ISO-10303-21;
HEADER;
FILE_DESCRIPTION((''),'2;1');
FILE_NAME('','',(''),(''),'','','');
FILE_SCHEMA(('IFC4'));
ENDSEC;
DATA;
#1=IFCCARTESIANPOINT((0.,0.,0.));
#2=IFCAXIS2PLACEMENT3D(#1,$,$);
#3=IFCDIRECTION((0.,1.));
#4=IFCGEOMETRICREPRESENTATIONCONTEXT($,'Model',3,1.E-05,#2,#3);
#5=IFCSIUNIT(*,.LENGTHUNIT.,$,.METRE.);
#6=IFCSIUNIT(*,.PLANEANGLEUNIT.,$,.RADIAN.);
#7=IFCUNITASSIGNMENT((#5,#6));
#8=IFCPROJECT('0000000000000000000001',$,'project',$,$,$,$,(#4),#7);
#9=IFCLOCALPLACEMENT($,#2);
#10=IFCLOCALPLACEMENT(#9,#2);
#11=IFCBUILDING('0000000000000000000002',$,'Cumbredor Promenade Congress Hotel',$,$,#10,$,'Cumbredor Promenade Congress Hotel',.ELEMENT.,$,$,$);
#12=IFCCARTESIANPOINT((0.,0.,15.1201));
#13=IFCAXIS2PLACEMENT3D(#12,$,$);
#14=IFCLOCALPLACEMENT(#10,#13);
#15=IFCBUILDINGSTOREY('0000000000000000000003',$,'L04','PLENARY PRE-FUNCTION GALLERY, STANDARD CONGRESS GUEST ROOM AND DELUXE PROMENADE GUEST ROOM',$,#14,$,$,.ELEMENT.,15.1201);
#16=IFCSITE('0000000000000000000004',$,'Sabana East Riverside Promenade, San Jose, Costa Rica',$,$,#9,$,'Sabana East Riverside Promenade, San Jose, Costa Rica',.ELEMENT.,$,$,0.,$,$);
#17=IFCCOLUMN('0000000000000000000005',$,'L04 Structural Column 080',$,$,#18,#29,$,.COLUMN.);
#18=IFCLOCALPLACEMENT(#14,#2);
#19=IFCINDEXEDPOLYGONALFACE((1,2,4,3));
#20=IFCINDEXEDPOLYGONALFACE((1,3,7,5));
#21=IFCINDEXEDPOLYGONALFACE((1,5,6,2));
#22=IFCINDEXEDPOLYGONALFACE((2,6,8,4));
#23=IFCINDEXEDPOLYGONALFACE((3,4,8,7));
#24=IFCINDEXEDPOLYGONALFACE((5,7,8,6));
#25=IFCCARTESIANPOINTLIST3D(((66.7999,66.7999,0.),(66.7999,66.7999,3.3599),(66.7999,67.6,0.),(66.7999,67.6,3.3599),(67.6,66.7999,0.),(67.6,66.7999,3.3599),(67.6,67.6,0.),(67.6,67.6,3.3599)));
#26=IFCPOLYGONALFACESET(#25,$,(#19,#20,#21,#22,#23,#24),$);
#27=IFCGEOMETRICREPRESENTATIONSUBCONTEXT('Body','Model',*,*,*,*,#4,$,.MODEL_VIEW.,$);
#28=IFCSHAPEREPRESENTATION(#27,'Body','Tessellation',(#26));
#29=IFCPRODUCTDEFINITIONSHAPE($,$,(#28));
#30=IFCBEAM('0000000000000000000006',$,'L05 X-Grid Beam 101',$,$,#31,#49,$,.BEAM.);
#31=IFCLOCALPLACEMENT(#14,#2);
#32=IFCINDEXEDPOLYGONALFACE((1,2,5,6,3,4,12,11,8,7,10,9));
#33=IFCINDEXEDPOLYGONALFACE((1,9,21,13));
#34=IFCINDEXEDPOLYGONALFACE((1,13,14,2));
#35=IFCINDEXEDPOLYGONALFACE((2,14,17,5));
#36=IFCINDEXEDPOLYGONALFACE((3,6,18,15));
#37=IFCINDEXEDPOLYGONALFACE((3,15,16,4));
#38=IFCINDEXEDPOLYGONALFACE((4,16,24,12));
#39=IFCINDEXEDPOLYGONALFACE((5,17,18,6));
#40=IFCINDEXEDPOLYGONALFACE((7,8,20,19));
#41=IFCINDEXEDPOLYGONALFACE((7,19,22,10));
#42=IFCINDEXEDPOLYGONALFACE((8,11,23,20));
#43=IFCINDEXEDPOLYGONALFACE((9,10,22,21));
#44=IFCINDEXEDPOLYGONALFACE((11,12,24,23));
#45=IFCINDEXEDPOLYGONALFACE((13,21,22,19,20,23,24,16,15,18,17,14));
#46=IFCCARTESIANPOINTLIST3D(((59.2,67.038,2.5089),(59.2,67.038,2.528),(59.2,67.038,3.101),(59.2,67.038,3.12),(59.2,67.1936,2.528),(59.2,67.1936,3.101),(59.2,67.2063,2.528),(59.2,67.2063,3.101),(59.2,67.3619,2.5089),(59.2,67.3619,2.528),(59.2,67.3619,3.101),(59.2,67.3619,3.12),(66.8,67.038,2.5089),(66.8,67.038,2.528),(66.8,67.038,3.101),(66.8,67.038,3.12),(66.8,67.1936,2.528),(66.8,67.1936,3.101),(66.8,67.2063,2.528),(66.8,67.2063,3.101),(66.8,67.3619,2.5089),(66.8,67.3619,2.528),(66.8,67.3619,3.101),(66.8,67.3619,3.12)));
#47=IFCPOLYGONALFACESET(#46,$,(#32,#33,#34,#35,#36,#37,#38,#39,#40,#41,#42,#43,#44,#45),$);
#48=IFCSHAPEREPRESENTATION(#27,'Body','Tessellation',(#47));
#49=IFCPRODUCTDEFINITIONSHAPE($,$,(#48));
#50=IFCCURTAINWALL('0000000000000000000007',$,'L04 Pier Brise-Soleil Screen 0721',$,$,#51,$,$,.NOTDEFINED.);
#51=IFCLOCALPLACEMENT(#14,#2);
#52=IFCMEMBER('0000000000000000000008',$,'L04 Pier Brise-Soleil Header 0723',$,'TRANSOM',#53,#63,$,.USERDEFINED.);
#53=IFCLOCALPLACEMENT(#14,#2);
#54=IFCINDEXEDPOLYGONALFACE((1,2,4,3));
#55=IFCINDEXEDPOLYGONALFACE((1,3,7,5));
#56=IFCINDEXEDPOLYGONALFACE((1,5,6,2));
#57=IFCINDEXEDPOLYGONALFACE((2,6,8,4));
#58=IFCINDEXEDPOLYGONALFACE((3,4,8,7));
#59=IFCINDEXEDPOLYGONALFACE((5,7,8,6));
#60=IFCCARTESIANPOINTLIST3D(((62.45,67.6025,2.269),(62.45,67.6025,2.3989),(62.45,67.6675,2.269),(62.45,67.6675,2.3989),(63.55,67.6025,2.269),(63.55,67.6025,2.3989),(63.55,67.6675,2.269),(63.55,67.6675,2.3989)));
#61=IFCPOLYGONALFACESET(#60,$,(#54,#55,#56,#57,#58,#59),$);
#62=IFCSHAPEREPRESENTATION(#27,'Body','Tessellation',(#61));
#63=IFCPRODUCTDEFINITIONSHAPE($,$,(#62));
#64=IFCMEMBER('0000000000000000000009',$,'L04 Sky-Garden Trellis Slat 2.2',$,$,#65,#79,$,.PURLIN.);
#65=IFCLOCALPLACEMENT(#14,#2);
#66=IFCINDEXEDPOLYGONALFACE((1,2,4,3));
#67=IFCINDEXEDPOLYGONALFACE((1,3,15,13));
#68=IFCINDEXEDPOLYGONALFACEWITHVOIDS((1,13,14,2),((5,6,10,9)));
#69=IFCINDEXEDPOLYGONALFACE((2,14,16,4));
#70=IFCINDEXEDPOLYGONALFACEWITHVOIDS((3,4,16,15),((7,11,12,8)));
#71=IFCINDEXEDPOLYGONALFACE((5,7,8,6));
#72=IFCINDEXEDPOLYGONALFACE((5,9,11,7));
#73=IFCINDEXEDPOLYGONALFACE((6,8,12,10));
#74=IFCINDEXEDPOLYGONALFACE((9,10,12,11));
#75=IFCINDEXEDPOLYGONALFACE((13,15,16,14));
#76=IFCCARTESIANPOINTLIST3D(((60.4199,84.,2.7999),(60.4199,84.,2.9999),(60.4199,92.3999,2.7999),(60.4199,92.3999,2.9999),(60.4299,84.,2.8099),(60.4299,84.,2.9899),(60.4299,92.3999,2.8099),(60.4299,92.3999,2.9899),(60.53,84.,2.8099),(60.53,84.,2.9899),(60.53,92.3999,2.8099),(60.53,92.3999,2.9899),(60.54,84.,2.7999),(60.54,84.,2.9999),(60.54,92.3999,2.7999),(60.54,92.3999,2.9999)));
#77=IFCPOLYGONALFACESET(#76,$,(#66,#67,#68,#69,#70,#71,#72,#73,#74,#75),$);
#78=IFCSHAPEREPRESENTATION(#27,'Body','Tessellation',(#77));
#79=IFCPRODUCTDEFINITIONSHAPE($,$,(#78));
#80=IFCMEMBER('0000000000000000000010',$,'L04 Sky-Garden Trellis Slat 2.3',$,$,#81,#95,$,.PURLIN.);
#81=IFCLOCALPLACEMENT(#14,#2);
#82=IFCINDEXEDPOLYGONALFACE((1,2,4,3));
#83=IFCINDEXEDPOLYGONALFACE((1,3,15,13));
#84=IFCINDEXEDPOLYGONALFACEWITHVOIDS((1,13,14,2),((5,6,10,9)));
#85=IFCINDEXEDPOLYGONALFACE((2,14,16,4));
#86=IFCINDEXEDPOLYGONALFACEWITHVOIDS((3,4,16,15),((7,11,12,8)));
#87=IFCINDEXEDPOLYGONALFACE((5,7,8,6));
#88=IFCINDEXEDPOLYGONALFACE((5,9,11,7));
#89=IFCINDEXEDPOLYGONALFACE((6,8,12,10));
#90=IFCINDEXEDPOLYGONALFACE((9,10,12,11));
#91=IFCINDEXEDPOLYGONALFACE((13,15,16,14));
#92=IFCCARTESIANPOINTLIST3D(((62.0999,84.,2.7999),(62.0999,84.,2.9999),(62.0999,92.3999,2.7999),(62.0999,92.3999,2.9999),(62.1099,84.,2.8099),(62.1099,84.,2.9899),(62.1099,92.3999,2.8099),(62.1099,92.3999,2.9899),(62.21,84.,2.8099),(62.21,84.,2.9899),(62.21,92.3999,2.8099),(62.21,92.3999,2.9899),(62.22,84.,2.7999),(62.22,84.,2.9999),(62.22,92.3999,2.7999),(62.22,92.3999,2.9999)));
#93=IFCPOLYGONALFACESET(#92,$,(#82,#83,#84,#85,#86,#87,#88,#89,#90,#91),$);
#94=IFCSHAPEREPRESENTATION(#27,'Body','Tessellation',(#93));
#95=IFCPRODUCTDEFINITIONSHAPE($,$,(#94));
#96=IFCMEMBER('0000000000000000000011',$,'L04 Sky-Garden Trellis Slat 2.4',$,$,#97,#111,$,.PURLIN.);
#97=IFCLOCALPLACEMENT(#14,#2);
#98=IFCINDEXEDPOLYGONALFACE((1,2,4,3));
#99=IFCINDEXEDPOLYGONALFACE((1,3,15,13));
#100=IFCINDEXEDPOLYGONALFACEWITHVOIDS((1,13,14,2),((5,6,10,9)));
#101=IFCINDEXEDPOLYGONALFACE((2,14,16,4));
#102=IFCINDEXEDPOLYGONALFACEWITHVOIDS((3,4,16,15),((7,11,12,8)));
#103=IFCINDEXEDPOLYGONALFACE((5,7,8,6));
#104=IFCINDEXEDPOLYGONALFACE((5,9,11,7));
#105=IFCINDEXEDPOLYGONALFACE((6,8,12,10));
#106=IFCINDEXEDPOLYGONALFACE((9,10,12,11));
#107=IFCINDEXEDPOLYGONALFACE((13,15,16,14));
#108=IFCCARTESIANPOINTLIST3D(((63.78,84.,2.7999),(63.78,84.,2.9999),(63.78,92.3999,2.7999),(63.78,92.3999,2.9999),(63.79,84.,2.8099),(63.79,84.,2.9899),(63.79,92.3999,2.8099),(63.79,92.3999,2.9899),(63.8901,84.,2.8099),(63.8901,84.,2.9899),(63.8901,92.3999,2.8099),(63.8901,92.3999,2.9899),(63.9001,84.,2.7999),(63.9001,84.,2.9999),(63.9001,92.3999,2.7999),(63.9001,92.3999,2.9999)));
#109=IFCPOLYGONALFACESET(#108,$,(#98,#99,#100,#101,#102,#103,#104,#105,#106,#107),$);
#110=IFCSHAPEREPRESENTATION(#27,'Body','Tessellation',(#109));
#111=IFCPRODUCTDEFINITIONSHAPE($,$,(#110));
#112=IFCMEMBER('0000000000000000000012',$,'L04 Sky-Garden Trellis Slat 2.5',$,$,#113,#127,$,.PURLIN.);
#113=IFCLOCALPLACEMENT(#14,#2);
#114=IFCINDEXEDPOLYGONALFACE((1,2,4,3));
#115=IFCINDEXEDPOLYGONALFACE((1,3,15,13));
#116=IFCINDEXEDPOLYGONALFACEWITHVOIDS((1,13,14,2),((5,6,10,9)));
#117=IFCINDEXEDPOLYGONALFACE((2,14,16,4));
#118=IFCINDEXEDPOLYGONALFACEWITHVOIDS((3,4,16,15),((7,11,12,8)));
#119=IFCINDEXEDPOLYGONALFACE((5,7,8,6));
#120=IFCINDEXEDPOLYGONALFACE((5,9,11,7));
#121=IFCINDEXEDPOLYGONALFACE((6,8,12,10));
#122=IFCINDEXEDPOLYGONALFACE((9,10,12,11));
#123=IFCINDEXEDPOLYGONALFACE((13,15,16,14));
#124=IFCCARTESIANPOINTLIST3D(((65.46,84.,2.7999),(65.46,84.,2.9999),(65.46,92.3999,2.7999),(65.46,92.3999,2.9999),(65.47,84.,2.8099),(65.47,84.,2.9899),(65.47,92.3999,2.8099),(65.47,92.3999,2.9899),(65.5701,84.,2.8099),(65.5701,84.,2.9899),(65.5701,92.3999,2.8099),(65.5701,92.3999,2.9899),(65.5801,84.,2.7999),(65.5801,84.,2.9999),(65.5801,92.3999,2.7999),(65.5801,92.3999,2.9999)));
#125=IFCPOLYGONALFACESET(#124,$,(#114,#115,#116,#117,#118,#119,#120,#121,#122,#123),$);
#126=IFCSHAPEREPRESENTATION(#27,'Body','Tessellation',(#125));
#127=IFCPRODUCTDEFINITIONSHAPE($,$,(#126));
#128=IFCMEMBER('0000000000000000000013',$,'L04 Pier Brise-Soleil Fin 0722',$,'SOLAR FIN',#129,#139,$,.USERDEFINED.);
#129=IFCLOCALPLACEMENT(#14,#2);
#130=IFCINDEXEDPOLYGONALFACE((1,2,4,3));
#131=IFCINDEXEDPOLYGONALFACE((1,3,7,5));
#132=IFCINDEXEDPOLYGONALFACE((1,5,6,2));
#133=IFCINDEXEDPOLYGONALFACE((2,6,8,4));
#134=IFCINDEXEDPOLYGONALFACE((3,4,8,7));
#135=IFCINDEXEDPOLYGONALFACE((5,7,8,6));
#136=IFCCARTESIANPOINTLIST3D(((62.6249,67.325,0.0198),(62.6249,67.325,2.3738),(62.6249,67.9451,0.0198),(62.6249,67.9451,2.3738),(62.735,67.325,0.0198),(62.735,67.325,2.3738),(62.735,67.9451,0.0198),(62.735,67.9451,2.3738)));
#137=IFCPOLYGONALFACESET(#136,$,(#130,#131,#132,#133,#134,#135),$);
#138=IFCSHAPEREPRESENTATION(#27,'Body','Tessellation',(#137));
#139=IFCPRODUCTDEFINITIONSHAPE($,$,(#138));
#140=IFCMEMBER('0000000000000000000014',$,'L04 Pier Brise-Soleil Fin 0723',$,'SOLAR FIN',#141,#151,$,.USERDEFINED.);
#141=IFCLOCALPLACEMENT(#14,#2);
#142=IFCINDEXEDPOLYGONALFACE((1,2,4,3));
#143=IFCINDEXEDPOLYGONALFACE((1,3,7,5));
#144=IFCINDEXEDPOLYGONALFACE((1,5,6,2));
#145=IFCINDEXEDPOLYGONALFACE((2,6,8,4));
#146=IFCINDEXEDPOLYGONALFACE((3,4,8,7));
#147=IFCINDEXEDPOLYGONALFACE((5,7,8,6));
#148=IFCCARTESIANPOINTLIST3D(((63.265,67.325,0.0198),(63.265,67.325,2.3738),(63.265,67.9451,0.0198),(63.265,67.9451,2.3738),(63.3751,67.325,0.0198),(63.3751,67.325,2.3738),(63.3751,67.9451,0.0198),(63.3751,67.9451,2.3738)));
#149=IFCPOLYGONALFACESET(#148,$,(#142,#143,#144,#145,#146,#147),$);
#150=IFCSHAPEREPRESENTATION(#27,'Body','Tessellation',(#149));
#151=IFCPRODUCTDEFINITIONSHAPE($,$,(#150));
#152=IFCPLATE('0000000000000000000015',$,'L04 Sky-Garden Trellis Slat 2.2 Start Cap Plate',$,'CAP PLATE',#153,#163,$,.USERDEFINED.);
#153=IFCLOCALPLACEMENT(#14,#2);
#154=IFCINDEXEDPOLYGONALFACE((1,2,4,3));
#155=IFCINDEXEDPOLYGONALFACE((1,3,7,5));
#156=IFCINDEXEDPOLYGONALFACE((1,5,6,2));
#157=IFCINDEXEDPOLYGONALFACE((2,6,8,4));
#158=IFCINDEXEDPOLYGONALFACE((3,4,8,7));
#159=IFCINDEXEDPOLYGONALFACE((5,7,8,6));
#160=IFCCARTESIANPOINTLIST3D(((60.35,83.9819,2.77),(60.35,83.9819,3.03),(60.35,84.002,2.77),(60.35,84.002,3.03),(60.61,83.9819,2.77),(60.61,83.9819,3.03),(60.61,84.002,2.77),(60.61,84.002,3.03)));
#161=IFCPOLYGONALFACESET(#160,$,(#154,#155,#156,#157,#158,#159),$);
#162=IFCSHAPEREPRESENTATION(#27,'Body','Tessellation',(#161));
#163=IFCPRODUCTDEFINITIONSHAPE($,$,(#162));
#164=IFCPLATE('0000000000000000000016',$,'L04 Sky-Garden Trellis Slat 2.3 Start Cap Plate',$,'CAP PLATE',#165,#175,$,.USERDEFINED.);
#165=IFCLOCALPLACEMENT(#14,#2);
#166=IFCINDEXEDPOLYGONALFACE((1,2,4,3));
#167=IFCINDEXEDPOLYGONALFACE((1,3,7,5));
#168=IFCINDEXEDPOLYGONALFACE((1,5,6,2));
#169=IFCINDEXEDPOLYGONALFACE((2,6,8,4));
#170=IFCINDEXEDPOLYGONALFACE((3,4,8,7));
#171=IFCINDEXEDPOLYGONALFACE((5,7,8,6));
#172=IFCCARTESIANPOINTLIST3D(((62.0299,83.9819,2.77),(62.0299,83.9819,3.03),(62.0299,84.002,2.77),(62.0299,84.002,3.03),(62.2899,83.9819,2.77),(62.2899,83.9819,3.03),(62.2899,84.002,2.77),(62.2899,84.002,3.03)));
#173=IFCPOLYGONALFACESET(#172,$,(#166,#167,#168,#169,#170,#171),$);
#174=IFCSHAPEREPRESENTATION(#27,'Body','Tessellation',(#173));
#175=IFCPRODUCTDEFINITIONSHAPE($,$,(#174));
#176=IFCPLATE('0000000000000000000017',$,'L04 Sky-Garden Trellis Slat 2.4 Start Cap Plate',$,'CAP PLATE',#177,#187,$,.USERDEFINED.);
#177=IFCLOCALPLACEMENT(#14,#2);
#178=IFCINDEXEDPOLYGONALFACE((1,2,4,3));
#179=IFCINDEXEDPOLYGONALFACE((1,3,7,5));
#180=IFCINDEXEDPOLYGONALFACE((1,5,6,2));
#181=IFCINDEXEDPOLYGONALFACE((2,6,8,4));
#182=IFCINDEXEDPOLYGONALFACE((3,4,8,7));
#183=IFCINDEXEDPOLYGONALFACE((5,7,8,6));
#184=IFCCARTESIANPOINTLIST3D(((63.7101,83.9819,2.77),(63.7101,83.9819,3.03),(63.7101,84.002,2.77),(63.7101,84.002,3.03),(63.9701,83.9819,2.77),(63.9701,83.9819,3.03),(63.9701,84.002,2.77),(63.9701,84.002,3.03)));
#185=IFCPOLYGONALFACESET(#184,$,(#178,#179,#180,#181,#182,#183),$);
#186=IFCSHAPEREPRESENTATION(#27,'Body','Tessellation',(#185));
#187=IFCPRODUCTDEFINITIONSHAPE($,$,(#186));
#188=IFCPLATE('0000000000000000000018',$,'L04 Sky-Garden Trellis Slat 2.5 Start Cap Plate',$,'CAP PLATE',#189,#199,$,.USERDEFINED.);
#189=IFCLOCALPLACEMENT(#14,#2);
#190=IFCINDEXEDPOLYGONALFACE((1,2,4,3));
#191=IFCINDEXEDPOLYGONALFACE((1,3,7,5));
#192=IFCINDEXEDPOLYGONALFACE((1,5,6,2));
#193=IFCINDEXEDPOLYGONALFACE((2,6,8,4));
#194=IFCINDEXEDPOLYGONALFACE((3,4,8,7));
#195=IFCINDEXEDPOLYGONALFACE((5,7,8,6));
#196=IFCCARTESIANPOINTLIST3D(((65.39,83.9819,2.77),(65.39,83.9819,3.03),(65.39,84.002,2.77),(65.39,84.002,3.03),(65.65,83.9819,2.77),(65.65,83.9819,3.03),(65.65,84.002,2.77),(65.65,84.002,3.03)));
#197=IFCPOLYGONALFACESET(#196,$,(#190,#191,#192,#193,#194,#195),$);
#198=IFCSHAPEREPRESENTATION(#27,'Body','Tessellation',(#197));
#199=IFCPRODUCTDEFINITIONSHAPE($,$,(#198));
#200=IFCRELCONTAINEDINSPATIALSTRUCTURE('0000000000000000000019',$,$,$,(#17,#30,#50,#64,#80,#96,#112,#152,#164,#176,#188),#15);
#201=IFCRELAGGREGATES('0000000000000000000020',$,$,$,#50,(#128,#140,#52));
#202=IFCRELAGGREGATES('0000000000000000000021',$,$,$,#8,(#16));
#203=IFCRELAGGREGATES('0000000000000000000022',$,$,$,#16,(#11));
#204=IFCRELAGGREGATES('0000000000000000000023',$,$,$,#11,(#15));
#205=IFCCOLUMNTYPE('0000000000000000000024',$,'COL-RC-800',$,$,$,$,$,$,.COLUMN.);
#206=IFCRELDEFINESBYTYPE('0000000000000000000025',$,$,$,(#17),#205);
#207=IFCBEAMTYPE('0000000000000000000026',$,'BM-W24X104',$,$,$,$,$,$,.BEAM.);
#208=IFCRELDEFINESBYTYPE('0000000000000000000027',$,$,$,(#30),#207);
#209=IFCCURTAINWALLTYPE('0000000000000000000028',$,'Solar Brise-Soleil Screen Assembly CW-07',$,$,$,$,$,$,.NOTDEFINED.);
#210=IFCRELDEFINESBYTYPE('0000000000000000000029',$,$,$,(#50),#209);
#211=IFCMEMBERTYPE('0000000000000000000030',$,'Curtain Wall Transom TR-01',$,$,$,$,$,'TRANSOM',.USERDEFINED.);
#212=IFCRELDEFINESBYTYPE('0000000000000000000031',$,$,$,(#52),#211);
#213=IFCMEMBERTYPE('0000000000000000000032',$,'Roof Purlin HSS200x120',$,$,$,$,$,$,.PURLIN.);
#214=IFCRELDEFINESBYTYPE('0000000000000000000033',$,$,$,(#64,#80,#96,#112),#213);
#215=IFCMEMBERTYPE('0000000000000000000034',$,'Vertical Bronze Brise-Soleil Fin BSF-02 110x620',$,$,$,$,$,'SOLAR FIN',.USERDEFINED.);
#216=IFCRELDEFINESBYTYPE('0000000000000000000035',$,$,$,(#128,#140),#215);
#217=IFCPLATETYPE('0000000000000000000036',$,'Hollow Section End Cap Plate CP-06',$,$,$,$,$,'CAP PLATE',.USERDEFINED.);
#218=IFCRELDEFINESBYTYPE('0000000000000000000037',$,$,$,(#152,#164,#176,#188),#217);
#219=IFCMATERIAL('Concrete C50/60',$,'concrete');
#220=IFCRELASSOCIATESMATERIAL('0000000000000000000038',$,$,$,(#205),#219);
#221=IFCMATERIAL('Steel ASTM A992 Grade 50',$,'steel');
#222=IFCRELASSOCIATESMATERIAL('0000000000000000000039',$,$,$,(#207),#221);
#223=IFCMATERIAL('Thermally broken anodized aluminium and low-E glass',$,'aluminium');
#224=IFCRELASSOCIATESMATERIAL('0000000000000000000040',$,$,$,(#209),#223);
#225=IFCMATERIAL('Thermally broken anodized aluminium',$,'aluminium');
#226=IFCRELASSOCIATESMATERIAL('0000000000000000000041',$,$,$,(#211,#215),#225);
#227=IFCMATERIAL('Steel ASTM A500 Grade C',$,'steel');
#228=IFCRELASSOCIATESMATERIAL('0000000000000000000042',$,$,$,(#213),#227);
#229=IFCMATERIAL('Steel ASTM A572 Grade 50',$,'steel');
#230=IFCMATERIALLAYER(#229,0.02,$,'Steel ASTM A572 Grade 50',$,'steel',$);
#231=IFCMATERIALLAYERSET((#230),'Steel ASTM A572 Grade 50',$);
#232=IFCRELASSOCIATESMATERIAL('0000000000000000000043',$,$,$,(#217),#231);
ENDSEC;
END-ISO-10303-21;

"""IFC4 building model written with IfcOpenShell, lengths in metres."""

from ifc_helpers import new_model, si_unit, direction, frame, origin, origin_2d, place, context, subcontext, project, spatial, rectangle, hollow_rectangle, i_section, extrude, material, layer, layer_set, material_profile, profile_set, type_object, element, aggregate, save


model = new_model("IFC4")

# Units and contexts
model_context = context("Model", 3, precision=1e-05, world=origin(), true_north=direction((0.0, 1.0)))
body_context = subcontext(model_context, "Body", "Model", "MODEL_VIEW")
ifc_project = project(units=[si_unit("LENGTHUNIT", "METRE"), si_unit("PLANEANGLEUNIT", "RADIAN")], contexts=[model_context])

# Site, building, storey
site_placement = place(None, origin())
site = spatial("IfcSite", under=ifc_project, at=site_placement, Name="Sabana East Riverside Promenade, San Jose, Costa Rica", LongName="Sabana East Riverside Promenade, San Jose, Costa Rica", CompositionType="ELEMENT", RefElevation=0.0)
building_placement = place(site_placement, origin())
building = spatial("IfcBuilding", under=site, at=building_placement, Name="Cumbredor Promenade Congress Hotel", LongName="Cumbredor Promenade Congress Hotel", CompositionType="ELEMENT")
storey_placement = place(building_placement, frame((0.0, 0.0, 15.1201)))
storey = spatial("IfcBuildingStorey", under=building, at=storey_placement, Name="L04", Description="PLENARY PRE-FUNCTION GALLERY, STANDARD CONGRESS GUEST ROOM AND DELUXE PROMENADE GUEST ROOM", CompositionType="ELEMENT", Elevation=15.1201)

# Column
ifc_material_1 = material(Name="Concrete C50/60", Category="concrete")
ifc_material_profile_1 = material_profile(ifc_material_1, rectangle(XDim=0.8, YDim=0.8, at=origin_2d()), Name="RC 800x800")
ifc_profile_set_1 = profile_set([ifc_material_profile_1], Name="Concrete C50/60")
column_type = type_object("IfcColumnType", Name="COL-RC-800", PredefinedType="COLUMN", material=ifc_profile_set_1)
column_placement = place(storey_placement, frame((67.2, 67.2, 0.0), z_axis=(0.0, 0.0, 1.0), x_axis=(1.0, 0.0, 0.0)))
element("IfcColumn", 1, at=column_placement, inside=storey, type_object=column_type, Name="L04 Structural Column 080", PredefinedType="COLUMN", context=body_context, shape_type="SweptSolid", body=[
    extrude(rectangle(XDim=0.8, YDim=0.8, at=origin_2d()), origin(), (0.0, 0.0, 1.0), 3.3599),
])

# Beam
ifc_material_2 = material(Name="Steel ASTM A992 Grade 50", Category="steel")
ifc_material_profile_2 = material_profile(ifc_material_2, i_section(OverallWidth=0.324, OverallDepth=0.6111, WebThickness=0.0127, FlangeThickness=0.019, at=origin_2d()), Name="W24X104")
ifc_profile_set_2 = profile_set([ifc_material_profile_2], Name="Steel ASTM A992 Grade 50")
beam_type = type_object("IfcBeamType", Name="BM-W24X104", PredefinedType="BEAM", material=ifc_profile_set_2)
beam_placement = place(storey_placement, frame((59.2, 67.2, 2.8145), z_axis=(1.0, 0.0, 0.0), x_axis=(0.0, 1.0, 0.0)))
element("IfcBeam", 2, at=beam_placement, inside=storey, type_object=beam_type, Name="L05 X-Grid Beam 101", PredefinedType="BEAM", context=body_context, shape_type="SweptSolid", body=[
    extrude(i_section(OverallWidth=0.324, OverallDepth=0.6111, WebThickness=0.0127, FlangeThickness=0.019, at=origin_2d()), origin(), (0.0, 0.0, 1.0), 7.6001),
])

# Curtain wall, member
ifc_material_3 = material(Name="Thermally broken anodized aluminium and low-E glass", Category="aluminium")
curtain_wall_type = type_object("IfcCurtainWallType", Name="Solar Brise-Soleil Screen Assembly CW-07", PredefinedType="NOTDEFINED", material=ifc_material_3)
curtain_wall_placement = place(storey_placement, origin())
curtain_wall = element("IfcCurtainWall", 3, at=curtain_wall_placement, inside=storey, type_object=curtain_wall_type, Name="L04 Pier Brise-Soleil Screen 0721", PredefinedType="NOTDEFINED")
ifc_material_4 = material(Name="Thermally broken anodized aluminium", Category="aluminium")
ifc_material_profile_3 = material_profile(ifc_material_4, rectangle(XDim=0.0649, YDim=0.1299, at=origin_2d()), Name="ALU TRANSOM 65x130")
ifc_profile_set_3 = profile_set([ifc_material_profile_3], Name="Thermally broken anodized aluminium")
member_type_1 = type_object("IfcMemberType", Name="Curtain Wall Transom TR-01", ElementType="TRANSOM", PredefinedType="USERDEFINED", material=ifc_profile_set_3)
member_1_placement = place(storey_placement, frame((62.45, 67.635, 2.334), z_axis=(1.0, 0.0, 0.0), x_axis=(0.0, 1.0, 0.0)))
member_1 = element("IfcMember", 4, at=member_1_placement, type_object=member_type_1, Name="L04 Pier Brise-Soleil Header 0723", ObjectType="TRANSOM", PredefinedType="USERDEFINED", context=body_context, shape_type="SweptSolid", body=[
    extrude(rectangle(XDim=0.0649, YDim=0.1299, at=origin_2d()), origin(), (0.0, 0.0, 1.0), 1.1001),
])

# Members
ifc_material_5 = material(Name="Steel ASTM A500 Grade C", Category="steel")
ifc_material_profile_4 = material_profile(ifc_material_5, hollow_rectangle(XDim=0.1201, YDim=0.2, WallThickness=0.01, at=origin_2d()), Name="HSS 200x120x10")
ifc_profile_set_4 = profile_set([ifc_material_profile_4], Name="Steel ASTM A500 Grade C")
member_type_2 = type_object("IfcMemberType", Name="Roof Purlin HSS200x120", PredefinedType="PURLIN", material=ifc_profile_set_4)
for number, where, z_axis, x_axis, name in (
    (5, (60.48, 84.0, 2.8999), (0.0, 1.0, 0.0), (-1.0, 0.0, 0.0), "L04 Sky-Garden Trellis Slat 2.2"),
    (6, (62.1599, 84.0, 2.8999), (0.0, 1.0, 0.0), (-1.0, 0.0, 0.0), "L04 Sky-Garden Trellis Slat 2.3"),
    (7, (63.8401, 84.0, 2.8999), (0.0, 1.0, 0.0), (-1.0, 0.0, 0.0), "L04 Sky-Garden Trellis Slat 2.4"),
    (8, (65.52, 84.0, 2.8999), (0.0, 1.0, 0.0), (-1.0, 0.0, 0.0), "L04 Sky-Garden Trellis Slat 2.5"),
):
    element("IfcMember", number, at=place(storey_placement, frame(where, z_axis=z_axis, x_axis=x_axis)), inside=storey, type_object=member_type_2, Name=name, PredefinedType="PURLIN", context=body_context, shape_type="SweptSolid", body=[
        extrude(hollow_rectangle(XDim=0.1201, YDim=0.2, WallThickness=0.01, at=origin_2d()), origin(), (0.0, 0.0, 1.0), 8.3999),
    ])

# Members
ifc_material_profile_5 = material_profile(ifc_material_4, rectangle(XDim=0.1101, YDim=0.6201, at=origin_2d()), Name="ARCH FIN 110x620")
ifc_profile_set_5 = profile_set([ifc_material_profile_5], Name="Thermally broken anodized aluminium")
member_type_3 = type_object("IfcMemberType", Name="Vertical Bronze Brise-Soleil Fin BSF-02 110x620", ElementType="SOLAR FIN", PredefinedType="USERDEFINED", material=ifc_profile_set_5)
member_2_placement = place(storey_placement, frame((62.6799, 67.635, 0.0198), z_axis=(0.0, 0.0, 1.0), x_axis=(1.0, 0.0, 0.0)))
member_2 = element("IfcMember", 9, at=member_2_placement, type_object=member_type_3, Name="L04 Pier Brise-Soleil Fin 0722", ObjectType="SOLAR FIN", PredefinedType="USERDEFINED", context=body_context, shape_type="SweptSolid", body=[
    extrude(rectangle(XDim=0.1101, YDim=0.6201, at=origin_2d()), origin(), (0.0, 0.0, 1.0), 2.354),
])
member_3_placement = place(storey_placement, frame((63.3201, 67.635, 0.0198), z_axis=(0.0, 0.0, 1.0), x_axis=(1.0, 0.0, 0.0)))
member_3 = element("IfcMember", 10, at=member_3_placement, type_object=member_type_3, Name="L04 Pier Brise-Soleil Fin 0723", ObjectType="SOLAR FIN", PredefinedType="USERDEFINED", context=body_context, shape_type="SweptSolid", body=[
    extrude(rectangle(XDim=0.1101, YDim=0.6201, at=origin_2d()), origin(), (0.0, 0.0, 1.0), 2.354),
])
aggregate(curtain_wall, [member_2, member_3, member_1])

# Plates
ifc_material_6 = material(Name="Steel ASTM A572 Grade 50", Category="steel")
ifc_layer_1 = layer(ifc_material_6, 0.02, Name="Steel ASTM A572 Grade 50", Category="steel")
ifc_layer_set_1 = layer_set([ifc_layer_1], Name="Steel ASTM A572 Grade 50")
plate_type = type_object("IfcPlateType", Name="Hollow Section End Cap Plate CP-06", ElementType="CAP PLATE", PredefinedType="USERDEFINED", material=ifc_layer_set_1)
for number, where, z_axis, x_axis, name in (
    (11, (60.48, 83.9919, 2.77), (0.0, 0.0, 1.0), (0.0, 1.0, 0.0), "L04 Sky-Garden Trellis Slat 2.2 Start Cap Plate"),
    (12, (62.1599, 83.9919, 2.77), (0.0, 0.0, 1.0), (0.0, 1.0, 0.0), "L04 Sky-Garden Trellis Slat 2.3 Start Cap Plate"),
    (13, (63.8401, 83.9919, 2.77), (0.0, 0.0, 1.0), (0.0, 1.0, 0.0), "L04 Sky-Garden Trellis Slat 2.4 Start Cap Plate"),
    (14, (65.52, 83.9919, 2.77), (0.0, 0.0, 1.0), (0.0, 1.0, 0.0), "L04 Sky-Garden Trellis Slat 2.5 Start Cap Plate"),
):
    element("IfcPlate", number, at=place(storey_placement, frame(where, z_axis=z_axis, x_axis=x_axis)), inside=storey, type_object=plate_type, Name=name, ObjectType="CAP PLATE", PredefinedType="USERDEFINED", context=body_context, shape_type="SweptSolid", body=[
        extrude(rectangle(XDim=0.02, YDim=0.26, at=origin_2d()), origin(), (0.0, 0.0, 1.0), 0.26),
    ])

save(model, "model.ifc")
